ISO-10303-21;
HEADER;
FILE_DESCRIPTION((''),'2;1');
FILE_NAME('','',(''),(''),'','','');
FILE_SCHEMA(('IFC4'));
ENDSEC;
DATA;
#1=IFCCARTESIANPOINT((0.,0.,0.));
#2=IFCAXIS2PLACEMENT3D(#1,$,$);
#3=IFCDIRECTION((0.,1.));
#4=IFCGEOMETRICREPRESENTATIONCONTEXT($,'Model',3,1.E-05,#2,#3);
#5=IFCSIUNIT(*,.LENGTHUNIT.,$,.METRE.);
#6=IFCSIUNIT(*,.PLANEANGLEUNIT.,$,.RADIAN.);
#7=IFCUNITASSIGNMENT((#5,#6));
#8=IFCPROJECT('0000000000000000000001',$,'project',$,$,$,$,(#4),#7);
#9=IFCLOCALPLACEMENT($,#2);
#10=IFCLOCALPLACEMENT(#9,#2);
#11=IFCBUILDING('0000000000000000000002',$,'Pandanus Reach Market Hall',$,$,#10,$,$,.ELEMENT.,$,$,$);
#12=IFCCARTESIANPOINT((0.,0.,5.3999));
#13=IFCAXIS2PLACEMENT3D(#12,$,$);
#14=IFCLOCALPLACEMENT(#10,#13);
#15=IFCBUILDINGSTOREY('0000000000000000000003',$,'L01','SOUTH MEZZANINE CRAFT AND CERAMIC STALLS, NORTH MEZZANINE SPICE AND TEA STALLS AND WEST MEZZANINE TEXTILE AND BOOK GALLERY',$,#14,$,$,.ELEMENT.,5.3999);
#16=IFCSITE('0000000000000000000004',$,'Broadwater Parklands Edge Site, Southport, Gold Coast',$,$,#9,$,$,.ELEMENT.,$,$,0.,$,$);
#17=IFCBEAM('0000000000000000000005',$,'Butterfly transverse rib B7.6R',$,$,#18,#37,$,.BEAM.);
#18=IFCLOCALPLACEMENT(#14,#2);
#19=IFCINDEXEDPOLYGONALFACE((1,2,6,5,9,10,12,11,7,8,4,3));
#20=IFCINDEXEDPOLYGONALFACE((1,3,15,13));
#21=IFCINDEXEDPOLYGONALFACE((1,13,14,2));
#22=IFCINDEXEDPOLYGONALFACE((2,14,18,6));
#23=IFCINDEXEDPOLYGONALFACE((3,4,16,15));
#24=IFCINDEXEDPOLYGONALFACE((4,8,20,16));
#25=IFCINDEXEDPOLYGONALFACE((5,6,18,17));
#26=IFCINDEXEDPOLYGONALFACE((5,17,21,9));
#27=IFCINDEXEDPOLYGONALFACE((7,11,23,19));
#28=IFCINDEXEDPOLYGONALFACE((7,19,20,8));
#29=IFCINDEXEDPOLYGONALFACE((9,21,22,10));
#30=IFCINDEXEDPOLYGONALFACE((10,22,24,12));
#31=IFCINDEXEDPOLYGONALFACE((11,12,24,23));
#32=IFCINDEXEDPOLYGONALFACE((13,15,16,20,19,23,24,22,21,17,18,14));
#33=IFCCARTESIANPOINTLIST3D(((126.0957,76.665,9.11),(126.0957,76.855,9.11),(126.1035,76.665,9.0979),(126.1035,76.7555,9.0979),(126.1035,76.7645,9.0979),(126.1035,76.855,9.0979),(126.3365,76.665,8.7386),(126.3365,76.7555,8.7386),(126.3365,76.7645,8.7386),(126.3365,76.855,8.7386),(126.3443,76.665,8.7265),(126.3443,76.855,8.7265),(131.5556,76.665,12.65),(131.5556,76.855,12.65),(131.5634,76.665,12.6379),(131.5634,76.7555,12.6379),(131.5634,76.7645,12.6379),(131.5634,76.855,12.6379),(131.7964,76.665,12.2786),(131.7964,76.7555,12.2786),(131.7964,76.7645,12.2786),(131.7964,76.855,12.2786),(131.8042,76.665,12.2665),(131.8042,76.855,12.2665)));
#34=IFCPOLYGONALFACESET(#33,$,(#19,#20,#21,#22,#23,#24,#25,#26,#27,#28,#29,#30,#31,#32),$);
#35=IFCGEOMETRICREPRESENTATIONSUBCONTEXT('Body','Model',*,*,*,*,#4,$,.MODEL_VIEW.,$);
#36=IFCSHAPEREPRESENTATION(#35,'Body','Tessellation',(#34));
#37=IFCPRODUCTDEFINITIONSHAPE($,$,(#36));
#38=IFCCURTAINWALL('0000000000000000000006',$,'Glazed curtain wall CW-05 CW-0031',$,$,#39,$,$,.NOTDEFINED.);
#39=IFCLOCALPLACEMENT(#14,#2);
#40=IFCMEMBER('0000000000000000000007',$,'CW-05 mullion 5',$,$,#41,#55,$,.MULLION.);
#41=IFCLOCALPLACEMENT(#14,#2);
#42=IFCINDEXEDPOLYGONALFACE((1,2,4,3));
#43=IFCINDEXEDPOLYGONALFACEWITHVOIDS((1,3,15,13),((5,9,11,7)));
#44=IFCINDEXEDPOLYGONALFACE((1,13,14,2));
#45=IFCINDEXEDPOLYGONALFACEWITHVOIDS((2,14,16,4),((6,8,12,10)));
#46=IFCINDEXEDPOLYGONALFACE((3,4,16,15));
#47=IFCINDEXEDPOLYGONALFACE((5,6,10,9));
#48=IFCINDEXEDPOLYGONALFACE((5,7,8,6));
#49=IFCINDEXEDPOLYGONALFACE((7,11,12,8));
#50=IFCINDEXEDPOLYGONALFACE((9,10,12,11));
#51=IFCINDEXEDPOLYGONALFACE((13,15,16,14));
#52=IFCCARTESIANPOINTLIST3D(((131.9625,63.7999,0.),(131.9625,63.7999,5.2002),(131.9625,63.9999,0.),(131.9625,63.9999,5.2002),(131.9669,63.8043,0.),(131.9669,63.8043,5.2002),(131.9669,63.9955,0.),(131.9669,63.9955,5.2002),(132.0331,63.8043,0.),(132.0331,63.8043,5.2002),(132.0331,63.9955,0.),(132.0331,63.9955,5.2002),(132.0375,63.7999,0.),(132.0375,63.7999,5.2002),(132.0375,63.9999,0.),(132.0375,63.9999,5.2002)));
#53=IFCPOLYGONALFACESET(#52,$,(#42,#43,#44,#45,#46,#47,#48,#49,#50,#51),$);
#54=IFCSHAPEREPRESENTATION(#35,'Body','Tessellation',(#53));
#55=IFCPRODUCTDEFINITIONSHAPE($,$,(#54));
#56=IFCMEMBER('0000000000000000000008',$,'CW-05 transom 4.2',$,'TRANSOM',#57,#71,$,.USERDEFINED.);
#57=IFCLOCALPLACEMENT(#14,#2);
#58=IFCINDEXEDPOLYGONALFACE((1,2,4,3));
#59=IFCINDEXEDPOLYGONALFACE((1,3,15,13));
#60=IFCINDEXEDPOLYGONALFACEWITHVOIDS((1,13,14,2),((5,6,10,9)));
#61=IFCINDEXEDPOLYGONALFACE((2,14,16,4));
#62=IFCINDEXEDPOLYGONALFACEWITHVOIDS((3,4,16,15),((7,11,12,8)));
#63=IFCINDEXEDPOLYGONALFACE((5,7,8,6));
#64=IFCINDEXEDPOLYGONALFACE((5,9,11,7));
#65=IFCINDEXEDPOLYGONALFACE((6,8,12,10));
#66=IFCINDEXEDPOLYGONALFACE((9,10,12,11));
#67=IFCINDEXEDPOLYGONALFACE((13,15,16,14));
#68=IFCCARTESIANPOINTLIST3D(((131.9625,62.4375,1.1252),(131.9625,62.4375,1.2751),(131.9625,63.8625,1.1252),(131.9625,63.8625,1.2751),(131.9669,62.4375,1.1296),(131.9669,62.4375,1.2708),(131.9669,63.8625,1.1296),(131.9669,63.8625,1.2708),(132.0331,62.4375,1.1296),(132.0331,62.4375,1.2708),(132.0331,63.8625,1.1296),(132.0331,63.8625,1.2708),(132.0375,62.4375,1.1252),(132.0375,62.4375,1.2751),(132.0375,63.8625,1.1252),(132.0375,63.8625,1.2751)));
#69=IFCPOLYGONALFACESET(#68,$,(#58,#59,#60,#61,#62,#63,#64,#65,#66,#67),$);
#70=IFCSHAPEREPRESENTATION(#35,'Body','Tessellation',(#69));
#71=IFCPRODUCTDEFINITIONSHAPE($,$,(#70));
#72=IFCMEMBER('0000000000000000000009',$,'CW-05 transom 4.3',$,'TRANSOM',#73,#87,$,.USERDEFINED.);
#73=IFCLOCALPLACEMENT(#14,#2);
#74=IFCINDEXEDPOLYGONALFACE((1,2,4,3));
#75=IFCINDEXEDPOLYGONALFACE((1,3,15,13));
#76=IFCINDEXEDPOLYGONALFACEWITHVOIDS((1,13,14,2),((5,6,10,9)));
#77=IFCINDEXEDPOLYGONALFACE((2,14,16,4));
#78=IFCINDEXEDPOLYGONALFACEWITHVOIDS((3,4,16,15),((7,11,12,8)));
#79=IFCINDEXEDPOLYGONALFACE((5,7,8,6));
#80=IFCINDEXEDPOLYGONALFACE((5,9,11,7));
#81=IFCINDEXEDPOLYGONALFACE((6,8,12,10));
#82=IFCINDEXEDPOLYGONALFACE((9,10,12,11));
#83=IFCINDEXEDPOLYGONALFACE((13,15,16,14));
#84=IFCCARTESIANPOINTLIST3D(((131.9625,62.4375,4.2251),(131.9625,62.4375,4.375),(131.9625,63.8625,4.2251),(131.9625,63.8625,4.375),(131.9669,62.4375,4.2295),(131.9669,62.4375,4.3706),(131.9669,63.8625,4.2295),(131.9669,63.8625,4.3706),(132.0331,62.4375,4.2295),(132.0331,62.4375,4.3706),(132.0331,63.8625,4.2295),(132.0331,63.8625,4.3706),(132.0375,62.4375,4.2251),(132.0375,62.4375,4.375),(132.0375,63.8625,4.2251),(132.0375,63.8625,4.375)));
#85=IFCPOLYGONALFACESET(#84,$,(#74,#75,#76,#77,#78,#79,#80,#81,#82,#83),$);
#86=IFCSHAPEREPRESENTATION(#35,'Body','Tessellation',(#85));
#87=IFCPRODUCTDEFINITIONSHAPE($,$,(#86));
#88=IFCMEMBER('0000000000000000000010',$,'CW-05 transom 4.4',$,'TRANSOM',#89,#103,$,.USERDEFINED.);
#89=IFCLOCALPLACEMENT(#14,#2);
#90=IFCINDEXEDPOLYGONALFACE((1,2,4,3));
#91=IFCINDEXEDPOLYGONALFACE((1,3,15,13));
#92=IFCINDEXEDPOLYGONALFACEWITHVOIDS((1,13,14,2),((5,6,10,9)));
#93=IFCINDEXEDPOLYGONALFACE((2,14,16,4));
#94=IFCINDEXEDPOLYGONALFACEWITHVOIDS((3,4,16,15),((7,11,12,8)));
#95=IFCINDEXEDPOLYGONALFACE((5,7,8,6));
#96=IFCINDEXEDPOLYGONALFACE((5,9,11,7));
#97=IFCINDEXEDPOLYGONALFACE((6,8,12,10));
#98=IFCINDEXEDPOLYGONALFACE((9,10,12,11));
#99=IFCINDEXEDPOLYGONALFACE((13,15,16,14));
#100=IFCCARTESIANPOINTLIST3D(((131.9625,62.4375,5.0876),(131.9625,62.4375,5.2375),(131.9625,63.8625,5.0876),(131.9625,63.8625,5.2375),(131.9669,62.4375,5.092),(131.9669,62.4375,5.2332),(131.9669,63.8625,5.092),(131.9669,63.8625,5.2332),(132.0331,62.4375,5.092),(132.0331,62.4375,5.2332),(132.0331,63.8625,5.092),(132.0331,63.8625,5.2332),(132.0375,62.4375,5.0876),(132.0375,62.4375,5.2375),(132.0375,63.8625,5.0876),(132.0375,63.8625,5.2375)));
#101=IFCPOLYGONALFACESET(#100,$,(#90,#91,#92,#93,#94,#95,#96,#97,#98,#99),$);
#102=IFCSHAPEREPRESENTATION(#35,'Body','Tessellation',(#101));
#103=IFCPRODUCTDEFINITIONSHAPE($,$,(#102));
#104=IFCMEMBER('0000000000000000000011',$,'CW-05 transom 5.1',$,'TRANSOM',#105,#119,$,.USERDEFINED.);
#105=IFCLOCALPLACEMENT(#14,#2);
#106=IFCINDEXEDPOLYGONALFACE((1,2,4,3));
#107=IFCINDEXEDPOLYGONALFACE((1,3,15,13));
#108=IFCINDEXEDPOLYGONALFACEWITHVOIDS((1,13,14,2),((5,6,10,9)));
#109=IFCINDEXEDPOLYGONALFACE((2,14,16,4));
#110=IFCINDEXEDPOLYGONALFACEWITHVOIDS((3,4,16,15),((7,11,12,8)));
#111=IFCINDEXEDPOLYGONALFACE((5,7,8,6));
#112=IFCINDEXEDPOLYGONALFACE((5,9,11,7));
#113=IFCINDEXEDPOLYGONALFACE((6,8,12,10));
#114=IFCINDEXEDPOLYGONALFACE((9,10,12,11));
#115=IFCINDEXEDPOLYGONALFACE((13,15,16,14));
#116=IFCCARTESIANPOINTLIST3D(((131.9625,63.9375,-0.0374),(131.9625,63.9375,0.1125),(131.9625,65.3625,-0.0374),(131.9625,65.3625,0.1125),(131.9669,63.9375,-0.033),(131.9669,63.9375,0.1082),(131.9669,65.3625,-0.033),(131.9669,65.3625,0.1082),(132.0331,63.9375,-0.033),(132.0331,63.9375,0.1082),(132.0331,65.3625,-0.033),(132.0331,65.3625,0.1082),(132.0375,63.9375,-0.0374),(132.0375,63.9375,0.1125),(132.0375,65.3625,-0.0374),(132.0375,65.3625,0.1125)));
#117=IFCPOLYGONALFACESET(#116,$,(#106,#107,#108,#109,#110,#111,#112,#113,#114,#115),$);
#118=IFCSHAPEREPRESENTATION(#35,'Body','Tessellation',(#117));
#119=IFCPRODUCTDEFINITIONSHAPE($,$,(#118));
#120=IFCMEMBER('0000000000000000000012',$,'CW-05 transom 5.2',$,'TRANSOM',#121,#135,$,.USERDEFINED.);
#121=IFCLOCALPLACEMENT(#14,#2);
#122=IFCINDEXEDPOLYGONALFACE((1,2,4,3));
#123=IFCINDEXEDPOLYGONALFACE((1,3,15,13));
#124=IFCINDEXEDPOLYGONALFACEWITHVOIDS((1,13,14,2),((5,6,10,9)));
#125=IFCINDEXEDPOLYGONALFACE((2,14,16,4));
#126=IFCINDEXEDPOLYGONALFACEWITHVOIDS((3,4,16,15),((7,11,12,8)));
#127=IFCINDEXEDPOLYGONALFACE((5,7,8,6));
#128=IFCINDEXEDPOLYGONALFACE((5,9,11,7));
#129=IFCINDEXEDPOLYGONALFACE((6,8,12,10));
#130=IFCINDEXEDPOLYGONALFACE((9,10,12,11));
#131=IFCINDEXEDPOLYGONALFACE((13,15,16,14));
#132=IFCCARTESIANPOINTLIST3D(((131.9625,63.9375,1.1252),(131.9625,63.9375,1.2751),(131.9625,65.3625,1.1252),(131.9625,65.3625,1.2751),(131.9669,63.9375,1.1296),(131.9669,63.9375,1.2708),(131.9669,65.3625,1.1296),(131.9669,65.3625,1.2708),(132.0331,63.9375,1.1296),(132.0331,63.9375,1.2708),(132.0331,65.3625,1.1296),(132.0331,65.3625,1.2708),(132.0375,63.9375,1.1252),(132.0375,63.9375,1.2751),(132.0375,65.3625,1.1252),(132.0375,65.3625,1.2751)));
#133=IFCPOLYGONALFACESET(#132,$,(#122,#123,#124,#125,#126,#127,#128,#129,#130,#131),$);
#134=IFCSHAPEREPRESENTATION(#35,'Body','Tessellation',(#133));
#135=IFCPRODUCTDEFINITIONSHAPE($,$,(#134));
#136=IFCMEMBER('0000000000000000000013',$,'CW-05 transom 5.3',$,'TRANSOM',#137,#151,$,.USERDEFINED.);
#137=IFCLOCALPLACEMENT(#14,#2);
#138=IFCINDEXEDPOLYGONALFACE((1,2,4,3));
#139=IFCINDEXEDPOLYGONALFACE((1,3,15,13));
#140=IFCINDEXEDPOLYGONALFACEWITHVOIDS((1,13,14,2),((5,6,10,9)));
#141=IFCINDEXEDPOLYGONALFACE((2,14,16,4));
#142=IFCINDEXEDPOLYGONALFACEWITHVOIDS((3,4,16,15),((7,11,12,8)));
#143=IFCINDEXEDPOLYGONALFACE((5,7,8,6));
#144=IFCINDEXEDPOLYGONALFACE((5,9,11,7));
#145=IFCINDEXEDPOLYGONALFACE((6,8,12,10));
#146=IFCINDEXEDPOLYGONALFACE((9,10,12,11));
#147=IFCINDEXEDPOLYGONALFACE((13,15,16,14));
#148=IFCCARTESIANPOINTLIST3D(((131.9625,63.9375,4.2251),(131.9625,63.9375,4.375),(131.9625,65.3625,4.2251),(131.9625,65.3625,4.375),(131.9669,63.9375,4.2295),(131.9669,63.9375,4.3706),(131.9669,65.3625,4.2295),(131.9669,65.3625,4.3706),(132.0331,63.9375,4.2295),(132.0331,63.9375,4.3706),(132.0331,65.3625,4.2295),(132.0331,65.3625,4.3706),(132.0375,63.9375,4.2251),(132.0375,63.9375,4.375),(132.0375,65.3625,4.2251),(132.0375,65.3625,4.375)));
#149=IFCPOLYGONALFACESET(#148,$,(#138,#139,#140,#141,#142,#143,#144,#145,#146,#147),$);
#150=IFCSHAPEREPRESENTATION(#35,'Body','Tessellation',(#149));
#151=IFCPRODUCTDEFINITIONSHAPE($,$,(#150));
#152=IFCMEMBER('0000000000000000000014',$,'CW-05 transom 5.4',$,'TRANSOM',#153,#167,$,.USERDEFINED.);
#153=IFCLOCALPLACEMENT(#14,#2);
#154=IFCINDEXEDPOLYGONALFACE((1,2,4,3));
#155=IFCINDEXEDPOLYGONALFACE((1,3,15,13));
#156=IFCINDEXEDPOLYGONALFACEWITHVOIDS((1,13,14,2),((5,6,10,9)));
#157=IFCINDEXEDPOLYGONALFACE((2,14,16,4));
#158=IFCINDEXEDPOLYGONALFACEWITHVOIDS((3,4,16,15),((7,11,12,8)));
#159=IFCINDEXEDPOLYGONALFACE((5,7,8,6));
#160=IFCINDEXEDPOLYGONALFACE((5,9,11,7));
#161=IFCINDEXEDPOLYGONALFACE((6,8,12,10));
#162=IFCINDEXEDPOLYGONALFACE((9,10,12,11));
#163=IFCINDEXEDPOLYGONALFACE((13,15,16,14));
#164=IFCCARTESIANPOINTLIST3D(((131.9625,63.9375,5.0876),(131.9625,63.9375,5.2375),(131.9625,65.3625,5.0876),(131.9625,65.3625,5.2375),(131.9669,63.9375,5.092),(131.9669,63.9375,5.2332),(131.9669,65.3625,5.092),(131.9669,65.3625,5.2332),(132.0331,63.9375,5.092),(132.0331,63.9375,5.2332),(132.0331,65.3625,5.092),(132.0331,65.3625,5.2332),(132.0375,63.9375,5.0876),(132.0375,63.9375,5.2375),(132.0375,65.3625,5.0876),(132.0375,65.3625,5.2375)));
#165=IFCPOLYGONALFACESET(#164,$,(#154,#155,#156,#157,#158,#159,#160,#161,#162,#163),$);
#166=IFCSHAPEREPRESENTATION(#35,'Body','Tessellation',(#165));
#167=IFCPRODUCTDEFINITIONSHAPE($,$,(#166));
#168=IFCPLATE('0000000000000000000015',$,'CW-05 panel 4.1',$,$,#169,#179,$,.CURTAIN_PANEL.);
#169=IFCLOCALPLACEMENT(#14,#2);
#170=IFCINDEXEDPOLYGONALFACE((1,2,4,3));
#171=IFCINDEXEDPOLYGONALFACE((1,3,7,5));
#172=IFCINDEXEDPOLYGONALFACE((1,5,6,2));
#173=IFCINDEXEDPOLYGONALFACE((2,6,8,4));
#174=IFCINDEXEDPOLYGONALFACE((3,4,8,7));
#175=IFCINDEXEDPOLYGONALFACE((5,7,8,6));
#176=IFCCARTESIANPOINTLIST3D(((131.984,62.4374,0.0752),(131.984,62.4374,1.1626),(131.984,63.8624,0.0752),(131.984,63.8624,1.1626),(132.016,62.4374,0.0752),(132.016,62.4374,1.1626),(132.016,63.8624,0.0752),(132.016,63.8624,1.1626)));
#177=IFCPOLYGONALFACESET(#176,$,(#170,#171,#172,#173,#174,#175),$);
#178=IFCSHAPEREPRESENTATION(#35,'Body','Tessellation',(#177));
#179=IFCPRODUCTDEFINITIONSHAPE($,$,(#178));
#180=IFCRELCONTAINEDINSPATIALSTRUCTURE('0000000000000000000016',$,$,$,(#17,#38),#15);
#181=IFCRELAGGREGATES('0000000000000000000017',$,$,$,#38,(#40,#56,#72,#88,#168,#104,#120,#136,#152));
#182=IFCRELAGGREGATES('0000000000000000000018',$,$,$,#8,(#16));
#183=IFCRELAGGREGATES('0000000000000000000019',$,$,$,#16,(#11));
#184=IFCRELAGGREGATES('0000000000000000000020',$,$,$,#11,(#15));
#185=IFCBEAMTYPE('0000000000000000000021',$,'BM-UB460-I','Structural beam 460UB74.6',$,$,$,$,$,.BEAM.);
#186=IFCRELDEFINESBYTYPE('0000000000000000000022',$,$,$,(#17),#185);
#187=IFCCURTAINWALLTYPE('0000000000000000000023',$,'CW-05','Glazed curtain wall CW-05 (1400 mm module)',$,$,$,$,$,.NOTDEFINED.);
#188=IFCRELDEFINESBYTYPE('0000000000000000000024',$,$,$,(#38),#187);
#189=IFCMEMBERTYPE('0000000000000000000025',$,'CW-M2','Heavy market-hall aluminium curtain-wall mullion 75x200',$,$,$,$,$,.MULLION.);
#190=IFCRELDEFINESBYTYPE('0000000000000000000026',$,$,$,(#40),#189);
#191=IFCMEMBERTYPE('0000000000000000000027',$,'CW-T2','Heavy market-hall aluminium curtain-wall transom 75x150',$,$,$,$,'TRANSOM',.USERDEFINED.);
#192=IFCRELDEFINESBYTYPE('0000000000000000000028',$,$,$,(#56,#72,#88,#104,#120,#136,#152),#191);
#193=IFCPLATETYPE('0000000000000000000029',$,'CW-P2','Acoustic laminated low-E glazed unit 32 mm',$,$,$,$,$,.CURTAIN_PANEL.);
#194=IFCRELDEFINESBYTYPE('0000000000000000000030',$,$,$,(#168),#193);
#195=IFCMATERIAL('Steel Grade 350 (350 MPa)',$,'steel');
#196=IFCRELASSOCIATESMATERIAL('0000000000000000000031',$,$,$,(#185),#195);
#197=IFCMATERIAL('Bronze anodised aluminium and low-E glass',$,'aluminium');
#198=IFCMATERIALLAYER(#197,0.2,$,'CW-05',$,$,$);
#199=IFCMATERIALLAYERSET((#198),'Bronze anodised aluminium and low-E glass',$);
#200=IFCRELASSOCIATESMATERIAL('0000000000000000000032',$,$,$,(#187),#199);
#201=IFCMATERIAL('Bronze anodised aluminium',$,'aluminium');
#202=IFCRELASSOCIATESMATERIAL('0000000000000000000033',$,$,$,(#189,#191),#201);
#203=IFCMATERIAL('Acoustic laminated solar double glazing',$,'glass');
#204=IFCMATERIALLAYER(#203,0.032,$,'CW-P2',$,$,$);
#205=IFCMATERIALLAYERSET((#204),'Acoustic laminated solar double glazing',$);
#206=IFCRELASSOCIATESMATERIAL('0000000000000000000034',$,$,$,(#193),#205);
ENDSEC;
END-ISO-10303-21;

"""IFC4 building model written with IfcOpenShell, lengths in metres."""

from ifc_helpers import new_model, si_unit, direction, frame, origin, origin_2d, place, context, subcontext, project, spatial, rectangle, hollow_rectangle, i_section, extrude, material, layer, layer_set, material_profile, profile_set, type_object, element, aggregate, save


model = new_model("IFC4")

# Units and contexts
model_context = context("Model", 3, precision=1e-05, world=origin(), true_north=direction((0.0, 1.0)))
body_context = subcontext(model_context, "Body", "Model", "MODEL_VIEW")
ifc_project = project(units=[si_unit("LENGTHUNIT", "METRE"), si_unit("PLANEANGLEUNIT", "RADIAN")], contexts=[model_context])

# Site, building, storey
site_placement = place(None, origin())
site = spatial("IfcSite", under=ifc_project, at=site_placement, Name="Broadwater Parklands Edge Site, Southport, Gold Coast", CompositionType="ELEMENT", RefElevation=0.0)
building_placement = place(site_placement, origin())
building = spatial("IfcBuilding", under=site, at=building_placement, Name="Pandanus Reach Market Hall", CompositionType="ELEMENT")
storey_placement = place(building_placement, frame((0.0, 0.0, 5.3999)))
storey = spatial("IfcBuildingStorey", under=building, at=storey_placement, Name="L01", Description="SOUTH MEZZANINE CRAFT AND CERAMIC STALLS, NORTH MEZZANINE SPICE AND TEA STALLS AND WEST MEZZANINE TEXTILE AND BOOK GALLERY", CompositionType="ELEMENT", Elevation=5.3999)

# Beam
ifc_material_1 = material(Name="Steel Grade 350 (350 MPa)", Category="steel")
ifc_material_profile_1 = material_profile(ifc_material_1, i_section(OverallWidth=0.1899, OverallDepth=0.457, WebThickness=0.009, FlangeThickness=0.0144, at=origin_2d()), Name="460UB74.6", Category="LoadBearing")
ifc_profile_set_1 = profile_set([ifc_material_profile_1], Name="Steel Grade 350 (350 MPa)")
beam_type_1 = type_object("IfcBeamType", Name="BM-UB460-I", Description="Structural beam 460UB74.6", PredefinedType="BEAM", material=ifc_profile_set_1)
for number, where, z_axis, x_axis, name in (
    (1, (126.22, 76.76, 8.9182), (0.839071, 0.0, 0.544023), (0.0, 1.0, 0.0), "Butterfly transverse rib B7.6R"),
):
    element("IfcBeam", number, at=place(storey_placement, frame(where, z_axis=z_axis, x_axis=x_axis)), inside=storey, type_object=beam_type_1, Name=name, PredefinedType="BEAM", context=body_context, shape_type="SweptSolid", body=[
        extrude(i_section(OverallWidth=0.1899, OverallDepth=0.457, WebThickness=0.009, FlangeThickness=0.0144, at=origin_2d()), origin(), (0.0, 0.0, 1.0), 6.5071),
    ])

# Curtain wall, members, plate
ifc_material_2 = material(Name="Bronze anodised aluminium and low-E glass", Category="aluminium")
ifc_layer_1 = layer(ifc_material_2, 0.2, Name="CW-05")
ifc_layer_set_1 = layer_set([ifc_layer_1], Name="Bronze anodised aluminium and low-E glass")
curtain_wall_type = type_object("IfcCurtainWallType", Name="CW-05", Description="Glazed curtain wall CW-05 (1400 mm module)", PredefinedType="NOTDEFINED", material=ifc_layer_set_1)
curtain_wall_placement = place(storey_placement, origin())
curtain_wall = element("IfcCurtainWall", 2, at=curtain_wall_placement, inside=storey, type_object=curtain_wall_type, Name="Glazed curtain wall CW-05 CW-0031", PredefinedType="NOTDEFINED")
ifc_material_3 = material(Name="Bronze anodised aluminium", Category="aluminium")
ifc_material_profile_2 = material_profile(ifc_material_3, hollow_rectangle(XDim=0.075, YDim=0.2, WallThickness=0.0044, at=origin_2d()), Name="ALU75x200", Category="LoadBearing")
ifc_profile_set_2 = profile_set([ifc_material_profile_2], Name="Bronze anodised aluminium")
member_type_1 = type_object("IfcMemberType", Name="CW-M2", Description="Heavy market-hall aluminium curtain-wall mullion 75x200", PredefinedType="MULLION", material=ifc_profile_set_2)
member_1_placement = place(storey_placement, frame((132.0, 63.8999, 0.0), z_axis=(0.0, 0.0, 1.0), x_axis=(-1.0, 0.0, 0.0)))
member_1 = element("IfcMember", 3, at=member_1_placement, type_object=member_type_1, Name="CW-05 mullion 5", PredefinedType="MULLION", context=body_context, shape_type="SweptSolid", body=[
    extrude(hollow_rectangle(XDim=0.075, YDim=0.2, WallThickness=0.0044, at=origin_2d()), origin(), (0.0, 0.0, 1.0), 5.2002),
])
ifc_material_profile_3 = material_profile(ifc_material_3, hollow_rectangle(XDim=0.075, YDim=0.1499, WallThickness=0.0044, at=origin_2d()), Name="ALU75x150", Category="LoadBearing")
ifc_profile_set_3 = profile_set([ifc_material_profile_3], Name="Bronze anodised aluminium")
member_type_2 = type_object("IfcMemberType", Name="CW-T2", Description="Heavy market-hall aluminium curtain-wall transom 75x150", ElementType="TRANSOM", PredefinedType="USERDEFINED", material=ifc_profile_set_3)
member_2_placement = place(storey_placement, frame((132.0, 62.4375, 1.2002), z_axis=(0.0, 1.0, 0.0), x_axis=(-1.0, 0.0, 0.0)))
member_2 = element("IfcMember", 4, at=member_2_placement, type_object=member_type_2, Name="CW-05 transom 4.2", ObjectType="TRANSOM", PredefinedType="USERDEFINED", context=body_context, shape_type="SweptSolid", body=[
    extrude(hollow_rectangle(XDim=0.075, YDim=0.1499, WallThickness=0.0044, at=origin_2d()), origin(), (0.0, 0.0, 1.0), 1.425),
])
member_3_placement = place(storey_placement, frame((132.0, 62.4375, 4.3), z_axis=(0.0, 1.0, 0.0), x_axis=(-1.0, 0.0, 0.0)))
member_3 = element("IfcMember", 5, at=member_3_placement, type_object=member_type_2, Name="CW-05 transom 4.3", ObjectType="TRANSOM", PredefinedType="USERDEFINED", context=body_context, shape_type="SweptSolid", body=[
    extrude(hollow_rectangle(XDim=0.075, YDim=0.1499, WallThickness=0.0044, at=origin_2d()), origin(), (0.0, 0.0, 1.0), 1.425),
])
member_4_placement = place(storey_placement, frame((132.0, 62.4375, 5.1626), z_axis=(0.0, 1.0, 0.0), x_axis=(-1.0, 0.0, 0.0)))
member_4 = element("IfcMember", 6, at=member_4_placement, type_object=member_type_2, Name="CW-05 transom 4.4", ObjectType="TRANSOM", PredefinedType="USERDEFINED", context=body_context, shape_type="SweptSolid", body=[
    extrude(hollow_rectangle(XDim=0.075, YDim=0.1499, WallThickness=0.0044, at=origin_2d()), origin(), (0.0, 0.0, 1.0), 1.425),
])
member_5_placement = place(storey_placement, frame((132.0, 63.9375, 0.0376), z_axis=(0.0, 1.0, 0.0), x_axis=(-1.0, 0.0, 0.0)))
member_5 = element("IfcMember", 7, at=member_5_placement, type_object=member_type_2, Name="CW-05 transom 5.1", ObjectType="TRANSOM", PredefinedType="USERDEFINED", context=body_context, shape_type="SweptSolid", body=[
    extrude(hollow_rectangle(XDim=0.075, YDim=0.1499, WallThickness=0.0044, at=origin_2d()), origin(), (0.0, 0.0, 1.0), 1.425),
])
member_6_placement = place(storey_placement, frame((132.0, 63.9375, 1.2002), z_axis=(0.0, 1.0, 0.0), x_axis=(-1.0, 0.0, 0.0)))
member_6 = element("IfcMember", 8, at=member_6_placement, type_object=member_type_2, Name="CW-05 transom 5.2", ObjectType="TRANSOM", PredefinedType="USERDEFINED", context=body_context, shape_type="SweptSolid", body=[
    extrude(hollow_rectangle(XDim=0.075, YDim=0.1499, WallThickness=0.0044, at=origin_2d()), origin(), (0.0, 0.0, 1.0), 1.425),
])
member_7_placement = place(storey_placement, frame((132.0, 63.9375, 4.3), z_axis=(0.0, 1.0, 0.0), x_axis=(-1.0, 0.0, 0.0)))
member_7 = element("IfcMember", 9, at=member_7_placement, type_object=member_type_2, Name="CW-05 transom 5.3", ObjectType="TRANSOM", PredefinedType="USERDEFINED", context=body_context, shape_type="SweptSolid", body=[
    extrude(hollow_rectangle(XDim=0.075, YDim=0.1499, WallThickness=0.0044, at=origin_2d()), origin(), (0.0, 0.0, 1.0), 1.425),
])
member_8_placement = place(storey_placement, frame((132.0, 63.9375, 5.1626), z_axis=(0.0, 1.0, 0.0), x_axis=(-1.0, 0.0, 0.0)))
member_8 = element("IfcMember", 10, at=member_8_placement, type_object=member_type_2, Name="CW-05 transom 5.4", ObjectType="TRANSOM", PredefinedType="USERDEFINED", context=body_context, shape_type="SweptSolid", body=[
    extrude(hollow_rectangle(XDim=0.075, YDim=0.1499, WallThickness=0.0044, at=origin_2d()), origin(), (0.0, 0.0, 1.0), 1.425),
])
ifc_material_4 = material(Name="Acoustic laminated solar double glazing", Category="glass")
ifc_layer_2 = layer(ifc_material_4, 0.032, Name="CW-P2")
ifc_layer_set_2 = layer_set([ifc_layer_2], Name="Acoustic laminated solar double glazing")
plate_type = type_object("IfcPlateType", Name="CW-P2", Description="Acoustic laminated low-E glazed unit 32 mm", PredefinedType="CURTAIN_PANEL", material=ifc_layer_set_2)
plate_1_placement = place(storey_placement, frame((132.0, 63.1499, 0.0752), z_axis=(0.0, 0.0, 1.0), x_axis=(0.0, 1.0, 0.0)))
plate_1 = element("IfcPlate", 11, at=plate_1_placement, type_object=plate_type, Name="CW-05 panel 4.1", PredefinedType="CURTAIN_PANEL", context=body_context, shape_type="SweptSolid", body=[
    extrude(rectangle(XDim=1.425, YDim=0.032, at=origin_2d()), origin(), (0.0, 0.0, 1.0), 1.0874),
])
aggregate(curtain_wall, [member_1, member_2, member_3, member_4, plate_1, member_5, member_6, member_7, member_8])

save(model, "model.ifc")
